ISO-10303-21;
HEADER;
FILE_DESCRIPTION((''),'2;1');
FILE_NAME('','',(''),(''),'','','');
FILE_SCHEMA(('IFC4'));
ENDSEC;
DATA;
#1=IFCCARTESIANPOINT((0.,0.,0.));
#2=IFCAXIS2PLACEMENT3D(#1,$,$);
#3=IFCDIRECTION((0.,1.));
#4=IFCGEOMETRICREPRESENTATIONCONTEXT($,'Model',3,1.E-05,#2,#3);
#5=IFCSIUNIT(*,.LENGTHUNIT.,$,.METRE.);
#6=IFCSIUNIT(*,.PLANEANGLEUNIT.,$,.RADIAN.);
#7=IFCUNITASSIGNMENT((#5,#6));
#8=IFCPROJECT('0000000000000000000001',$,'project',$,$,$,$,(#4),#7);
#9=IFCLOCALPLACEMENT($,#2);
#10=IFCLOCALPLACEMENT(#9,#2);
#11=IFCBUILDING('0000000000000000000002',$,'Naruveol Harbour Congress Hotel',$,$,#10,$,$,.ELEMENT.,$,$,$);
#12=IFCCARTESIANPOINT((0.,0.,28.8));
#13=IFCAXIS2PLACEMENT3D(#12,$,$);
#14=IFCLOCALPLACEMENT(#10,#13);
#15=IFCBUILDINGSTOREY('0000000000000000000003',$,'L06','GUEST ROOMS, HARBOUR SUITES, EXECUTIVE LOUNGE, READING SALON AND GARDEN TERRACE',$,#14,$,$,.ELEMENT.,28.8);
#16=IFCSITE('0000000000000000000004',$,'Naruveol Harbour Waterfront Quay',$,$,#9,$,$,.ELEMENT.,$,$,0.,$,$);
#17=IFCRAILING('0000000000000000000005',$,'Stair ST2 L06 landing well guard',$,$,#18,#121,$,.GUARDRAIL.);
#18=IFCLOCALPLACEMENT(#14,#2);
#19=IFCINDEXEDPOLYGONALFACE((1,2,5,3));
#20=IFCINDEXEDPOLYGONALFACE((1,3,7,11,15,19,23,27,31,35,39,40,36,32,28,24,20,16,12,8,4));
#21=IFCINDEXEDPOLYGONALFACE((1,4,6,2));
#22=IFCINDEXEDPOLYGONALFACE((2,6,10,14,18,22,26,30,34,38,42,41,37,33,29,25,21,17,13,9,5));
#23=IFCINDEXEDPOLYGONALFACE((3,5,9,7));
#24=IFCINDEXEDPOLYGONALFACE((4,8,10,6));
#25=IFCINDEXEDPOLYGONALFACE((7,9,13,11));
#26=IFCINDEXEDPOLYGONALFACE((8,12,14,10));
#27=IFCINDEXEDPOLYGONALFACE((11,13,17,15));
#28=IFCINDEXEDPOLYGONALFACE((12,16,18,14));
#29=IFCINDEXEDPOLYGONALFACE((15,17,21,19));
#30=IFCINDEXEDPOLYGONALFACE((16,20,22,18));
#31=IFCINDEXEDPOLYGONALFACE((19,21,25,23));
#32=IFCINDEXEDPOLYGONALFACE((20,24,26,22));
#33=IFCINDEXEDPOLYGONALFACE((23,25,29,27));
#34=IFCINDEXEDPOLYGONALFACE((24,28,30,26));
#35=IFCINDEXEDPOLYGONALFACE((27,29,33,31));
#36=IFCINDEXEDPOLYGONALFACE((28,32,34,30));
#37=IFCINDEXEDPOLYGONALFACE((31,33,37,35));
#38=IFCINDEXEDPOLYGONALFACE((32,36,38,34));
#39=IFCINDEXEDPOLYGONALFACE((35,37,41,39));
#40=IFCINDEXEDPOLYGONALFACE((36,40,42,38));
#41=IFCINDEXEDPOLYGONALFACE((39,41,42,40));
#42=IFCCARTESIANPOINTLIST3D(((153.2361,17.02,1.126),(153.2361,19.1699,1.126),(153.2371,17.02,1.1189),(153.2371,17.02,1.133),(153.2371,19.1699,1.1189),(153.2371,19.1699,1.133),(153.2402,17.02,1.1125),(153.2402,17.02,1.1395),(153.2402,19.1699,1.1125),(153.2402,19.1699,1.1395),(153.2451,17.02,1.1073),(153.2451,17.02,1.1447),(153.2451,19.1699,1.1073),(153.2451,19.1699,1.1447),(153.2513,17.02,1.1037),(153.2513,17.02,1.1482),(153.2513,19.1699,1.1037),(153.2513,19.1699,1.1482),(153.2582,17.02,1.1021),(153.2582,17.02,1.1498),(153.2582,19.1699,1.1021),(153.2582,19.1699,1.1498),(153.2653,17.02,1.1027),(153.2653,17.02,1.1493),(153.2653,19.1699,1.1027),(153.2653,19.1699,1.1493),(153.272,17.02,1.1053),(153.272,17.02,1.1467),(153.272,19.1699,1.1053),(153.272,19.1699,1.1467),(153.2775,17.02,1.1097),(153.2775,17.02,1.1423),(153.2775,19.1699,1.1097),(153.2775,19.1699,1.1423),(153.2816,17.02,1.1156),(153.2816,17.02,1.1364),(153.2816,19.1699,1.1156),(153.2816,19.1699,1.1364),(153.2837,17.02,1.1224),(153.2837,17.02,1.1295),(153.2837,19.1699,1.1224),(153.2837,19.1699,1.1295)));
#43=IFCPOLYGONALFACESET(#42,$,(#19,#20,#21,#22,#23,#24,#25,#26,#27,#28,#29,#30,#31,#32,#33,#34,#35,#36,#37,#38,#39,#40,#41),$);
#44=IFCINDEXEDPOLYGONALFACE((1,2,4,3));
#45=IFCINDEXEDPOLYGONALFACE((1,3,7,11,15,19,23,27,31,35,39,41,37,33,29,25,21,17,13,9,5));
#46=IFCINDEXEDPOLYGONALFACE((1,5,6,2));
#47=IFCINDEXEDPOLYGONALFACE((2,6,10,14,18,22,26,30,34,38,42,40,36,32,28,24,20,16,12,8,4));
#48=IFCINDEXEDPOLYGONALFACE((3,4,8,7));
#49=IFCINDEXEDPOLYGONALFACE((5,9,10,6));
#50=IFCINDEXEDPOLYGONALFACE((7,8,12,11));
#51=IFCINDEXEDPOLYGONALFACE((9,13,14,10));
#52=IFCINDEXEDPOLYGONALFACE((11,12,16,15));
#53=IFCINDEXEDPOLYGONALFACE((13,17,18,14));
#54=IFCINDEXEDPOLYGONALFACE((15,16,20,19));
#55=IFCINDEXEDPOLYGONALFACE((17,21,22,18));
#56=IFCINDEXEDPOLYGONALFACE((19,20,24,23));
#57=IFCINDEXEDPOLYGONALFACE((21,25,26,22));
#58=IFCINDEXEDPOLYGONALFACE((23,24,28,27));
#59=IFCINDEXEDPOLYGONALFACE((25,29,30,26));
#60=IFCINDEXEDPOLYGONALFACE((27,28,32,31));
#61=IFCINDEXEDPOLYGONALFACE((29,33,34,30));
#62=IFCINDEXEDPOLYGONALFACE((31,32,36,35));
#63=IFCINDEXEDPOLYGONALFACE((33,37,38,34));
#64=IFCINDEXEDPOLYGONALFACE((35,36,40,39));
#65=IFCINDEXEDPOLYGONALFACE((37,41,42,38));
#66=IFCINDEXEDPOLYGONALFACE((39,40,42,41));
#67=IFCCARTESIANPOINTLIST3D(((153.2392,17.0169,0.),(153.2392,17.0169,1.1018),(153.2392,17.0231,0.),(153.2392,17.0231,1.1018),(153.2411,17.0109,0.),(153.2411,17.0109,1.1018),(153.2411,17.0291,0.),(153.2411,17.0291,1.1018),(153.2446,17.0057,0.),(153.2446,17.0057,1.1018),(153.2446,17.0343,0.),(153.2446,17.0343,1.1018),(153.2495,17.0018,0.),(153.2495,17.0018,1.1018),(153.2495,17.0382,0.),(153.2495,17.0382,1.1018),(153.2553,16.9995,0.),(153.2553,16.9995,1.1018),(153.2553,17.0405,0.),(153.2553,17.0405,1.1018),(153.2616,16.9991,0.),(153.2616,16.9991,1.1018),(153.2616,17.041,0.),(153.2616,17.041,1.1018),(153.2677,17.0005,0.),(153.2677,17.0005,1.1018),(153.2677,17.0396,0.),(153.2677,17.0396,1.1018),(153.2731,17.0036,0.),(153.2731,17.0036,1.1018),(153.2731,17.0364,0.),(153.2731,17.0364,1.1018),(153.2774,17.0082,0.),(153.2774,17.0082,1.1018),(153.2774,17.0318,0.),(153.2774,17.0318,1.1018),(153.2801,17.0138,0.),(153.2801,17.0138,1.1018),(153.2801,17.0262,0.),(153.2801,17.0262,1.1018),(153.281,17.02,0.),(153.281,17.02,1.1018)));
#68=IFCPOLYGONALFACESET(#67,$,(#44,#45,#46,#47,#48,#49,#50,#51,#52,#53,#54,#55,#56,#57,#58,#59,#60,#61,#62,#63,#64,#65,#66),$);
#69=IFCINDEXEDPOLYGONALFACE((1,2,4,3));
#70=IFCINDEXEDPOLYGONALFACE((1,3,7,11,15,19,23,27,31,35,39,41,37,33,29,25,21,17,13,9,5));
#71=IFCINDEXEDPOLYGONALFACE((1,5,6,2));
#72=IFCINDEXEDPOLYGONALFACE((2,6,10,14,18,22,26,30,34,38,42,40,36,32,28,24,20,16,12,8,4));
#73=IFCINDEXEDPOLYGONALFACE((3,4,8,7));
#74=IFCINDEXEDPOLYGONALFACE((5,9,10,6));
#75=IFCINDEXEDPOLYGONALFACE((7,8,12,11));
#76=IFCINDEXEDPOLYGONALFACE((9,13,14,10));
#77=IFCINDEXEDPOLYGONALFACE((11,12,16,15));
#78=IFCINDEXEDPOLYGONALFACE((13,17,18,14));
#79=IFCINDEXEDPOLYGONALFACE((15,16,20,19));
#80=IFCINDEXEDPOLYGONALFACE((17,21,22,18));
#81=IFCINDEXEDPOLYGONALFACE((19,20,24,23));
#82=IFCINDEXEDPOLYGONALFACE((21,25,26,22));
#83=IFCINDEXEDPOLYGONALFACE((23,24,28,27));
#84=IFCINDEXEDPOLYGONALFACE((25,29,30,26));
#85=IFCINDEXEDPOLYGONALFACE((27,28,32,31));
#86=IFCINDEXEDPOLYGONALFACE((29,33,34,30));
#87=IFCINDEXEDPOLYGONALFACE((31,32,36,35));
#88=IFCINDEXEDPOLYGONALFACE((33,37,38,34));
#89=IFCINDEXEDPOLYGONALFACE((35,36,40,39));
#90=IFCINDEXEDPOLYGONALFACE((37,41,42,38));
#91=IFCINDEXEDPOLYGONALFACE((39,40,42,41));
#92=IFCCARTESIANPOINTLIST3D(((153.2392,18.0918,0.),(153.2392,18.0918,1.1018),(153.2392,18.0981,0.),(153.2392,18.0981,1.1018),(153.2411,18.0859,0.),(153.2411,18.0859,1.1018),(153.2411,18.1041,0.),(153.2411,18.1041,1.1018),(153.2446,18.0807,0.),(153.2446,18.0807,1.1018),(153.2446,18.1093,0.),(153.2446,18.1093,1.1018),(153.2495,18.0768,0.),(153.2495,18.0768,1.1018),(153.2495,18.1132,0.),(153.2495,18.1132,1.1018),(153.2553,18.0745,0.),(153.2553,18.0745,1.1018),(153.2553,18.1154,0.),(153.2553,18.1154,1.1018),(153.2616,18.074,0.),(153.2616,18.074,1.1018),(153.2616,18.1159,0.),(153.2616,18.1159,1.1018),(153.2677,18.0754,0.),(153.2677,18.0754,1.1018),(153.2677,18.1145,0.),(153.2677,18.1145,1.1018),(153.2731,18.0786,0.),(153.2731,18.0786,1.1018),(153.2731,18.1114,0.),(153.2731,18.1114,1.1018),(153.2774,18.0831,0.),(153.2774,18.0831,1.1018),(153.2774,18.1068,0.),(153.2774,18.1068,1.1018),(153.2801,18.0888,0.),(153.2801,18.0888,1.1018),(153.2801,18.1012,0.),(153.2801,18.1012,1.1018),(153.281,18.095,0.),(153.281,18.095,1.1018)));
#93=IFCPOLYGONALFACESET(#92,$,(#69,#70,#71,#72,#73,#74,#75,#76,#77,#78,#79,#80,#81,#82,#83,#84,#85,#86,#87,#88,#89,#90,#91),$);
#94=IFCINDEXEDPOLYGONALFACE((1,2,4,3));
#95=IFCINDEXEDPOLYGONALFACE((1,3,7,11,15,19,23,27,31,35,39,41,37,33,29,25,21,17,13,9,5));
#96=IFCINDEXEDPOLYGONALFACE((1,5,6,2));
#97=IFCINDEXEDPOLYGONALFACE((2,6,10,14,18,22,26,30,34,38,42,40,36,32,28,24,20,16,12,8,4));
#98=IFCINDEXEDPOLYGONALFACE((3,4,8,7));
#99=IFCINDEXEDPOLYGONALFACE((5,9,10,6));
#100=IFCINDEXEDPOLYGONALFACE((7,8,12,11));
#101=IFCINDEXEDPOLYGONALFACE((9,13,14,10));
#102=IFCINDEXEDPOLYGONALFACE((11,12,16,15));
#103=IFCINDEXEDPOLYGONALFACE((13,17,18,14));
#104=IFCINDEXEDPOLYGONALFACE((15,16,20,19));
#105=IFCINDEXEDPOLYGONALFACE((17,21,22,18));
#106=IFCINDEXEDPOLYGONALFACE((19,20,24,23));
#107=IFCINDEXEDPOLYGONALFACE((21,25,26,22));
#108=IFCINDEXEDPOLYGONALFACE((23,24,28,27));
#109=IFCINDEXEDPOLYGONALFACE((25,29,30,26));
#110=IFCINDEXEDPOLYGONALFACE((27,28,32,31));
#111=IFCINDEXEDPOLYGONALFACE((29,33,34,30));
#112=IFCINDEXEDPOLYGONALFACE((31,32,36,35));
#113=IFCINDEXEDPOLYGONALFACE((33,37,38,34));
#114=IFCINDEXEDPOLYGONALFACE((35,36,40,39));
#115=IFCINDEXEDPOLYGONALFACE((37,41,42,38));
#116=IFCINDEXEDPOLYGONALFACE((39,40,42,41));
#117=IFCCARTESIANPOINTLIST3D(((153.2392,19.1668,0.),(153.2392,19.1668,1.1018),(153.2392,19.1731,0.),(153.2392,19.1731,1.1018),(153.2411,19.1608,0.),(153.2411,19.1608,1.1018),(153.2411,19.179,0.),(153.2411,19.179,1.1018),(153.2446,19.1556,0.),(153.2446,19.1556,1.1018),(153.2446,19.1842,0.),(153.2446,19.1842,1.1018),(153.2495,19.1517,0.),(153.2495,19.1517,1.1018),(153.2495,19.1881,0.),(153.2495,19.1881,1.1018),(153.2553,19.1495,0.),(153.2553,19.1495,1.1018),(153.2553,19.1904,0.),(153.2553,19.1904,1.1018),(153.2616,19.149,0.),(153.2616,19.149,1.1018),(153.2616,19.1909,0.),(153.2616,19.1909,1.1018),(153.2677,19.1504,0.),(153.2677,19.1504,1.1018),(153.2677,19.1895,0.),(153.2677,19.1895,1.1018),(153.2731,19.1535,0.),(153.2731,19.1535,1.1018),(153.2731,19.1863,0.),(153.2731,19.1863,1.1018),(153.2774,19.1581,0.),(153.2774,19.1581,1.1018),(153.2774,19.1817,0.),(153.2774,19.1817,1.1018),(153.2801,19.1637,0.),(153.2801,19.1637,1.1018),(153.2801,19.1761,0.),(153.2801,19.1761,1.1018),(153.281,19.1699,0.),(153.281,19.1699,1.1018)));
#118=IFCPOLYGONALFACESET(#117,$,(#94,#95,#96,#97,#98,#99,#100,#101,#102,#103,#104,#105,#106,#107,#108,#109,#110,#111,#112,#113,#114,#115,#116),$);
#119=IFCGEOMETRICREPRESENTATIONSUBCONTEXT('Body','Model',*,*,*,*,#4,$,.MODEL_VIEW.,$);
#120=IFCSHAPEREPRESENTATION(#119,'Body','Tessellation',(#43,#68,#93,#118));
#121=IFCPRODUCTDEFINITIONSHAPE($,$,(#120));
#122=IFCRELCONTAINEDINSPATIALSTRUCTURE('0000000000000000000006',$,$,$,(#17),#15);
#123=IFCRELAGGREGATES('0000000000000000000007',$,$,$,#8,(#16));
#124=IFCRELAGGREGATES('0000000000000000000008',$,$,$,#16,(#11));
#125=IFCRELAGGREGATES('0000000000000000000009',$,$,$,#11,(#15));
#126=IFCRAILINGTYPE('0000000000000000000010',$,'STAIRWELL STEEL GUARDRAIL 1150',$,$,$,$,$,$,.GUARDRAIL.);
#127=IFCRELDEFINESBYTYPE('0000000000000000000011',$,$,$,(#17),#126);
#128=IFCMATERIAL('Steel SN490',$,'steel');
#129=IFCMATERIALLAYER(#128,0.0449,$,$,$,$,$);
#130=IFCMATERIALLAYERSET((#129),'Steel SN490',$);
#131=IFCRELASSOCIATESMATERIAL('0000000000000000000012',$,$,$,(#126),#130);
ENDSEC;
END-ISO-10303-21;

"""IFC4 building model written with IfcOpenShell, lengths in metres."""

from ifc_helpers import new_model, si_unit, direction, frame, origin, origin_2d, place, context, subcontext, project, spatial, circle, extrude, material, layer, layer_set, type_object, element, save


model = new_model("IFC4")

# Units and contexts
model_context = context("Model", 3, precision=1e-05, world=origin(), true_north=direction((0.0, 1.0)))
body_context = subcontext(model_context, "Body", "Model", "MODEL_VIEW")
ifc_project = project(units=[si_unit("LENGTHUNIT", "METRE"), si_unit("PLANEANGLEUNIT", "RADIAN")], contexts=[model_context])

# Site, building, storey
site_placement = place(None, origin())
site = spatial("IfcSite", under=ifc_project, at=site_placement, Name="Naruveol Harbour Waterfront Quay", CompositionType="ELEMENT", RefElevation=0.0)
building_placement = place(site_placement, origin())
building = spatial("IfcBuilding", under=site, at=building_placement, Name="Naruveol Harbour Congress Hotel", CompositionType="ELEMENT")
storey_placement = place(building_placement, frame((0.0, 0.0, 28.8)))
storey = spatial("IfcBuildingStorey", under=building, at=storey_placement, Name="L06", Description="GUEST ROOMS, HARBOUR SUITES, EXECUTIVE LOUNGE, READING SALON AND GARDEN TERRACE", CompositionType="ELEMENT", Elevation=28.8)

# Railing
ifc_material_1 = material(Name="Steel SN490", Category="steel")
ifc_layer_1 = layer(ifc_material_1, 0.0449)
ifc_layer_set_1 = layer_set([ifc_layer_1], Name="Steel SN490")
railing_type_1 = type_object("IfcRailingType", Name="STAIRWELL STEEL GUARDRAIL 1150", PredefinedType="GUARDRAIL", material=ifc_layer_set_1)
railing_1_placement = place(storey_placement, frame((153.26, 17.02, 0.0)))
element("IfcRailing", 1, at=railing_1_placement, inside=storey, type_object=railing_type_1, Name="Stair ST2 L06 landing well guard", PredefinedType="GUARDRAIL", context=body_context, shape_type="SweptSolid", body=[
    extrude(circle(Radius=0.0239, at=origin_2d()), frame((0.0, 0.0, 1.126), z_axis=(0.0, 1.0, 0.0), x_axis=(-1.0, 0.0, 0.0)), (0.0, 0.0, 1.0), 2.1499),
    extrude(circle(Radius=0.021, at=origin_2d()), origin(), (0.0, 0.0, 1.0), 1.1018),
    extrude(circle(Radius=0.021, at=origin_2d()), frame((0.0, 1.075, 0.0)), (0.0, 0.0, 1.0), 1.1018),
    extrude(circle(Radius=0.021, at=origin_2d()), frame((0.0, 2.1499, 0.0)), (0.0, 0.0, 1.0), 1.1018),
])

save(model, "model.ifc")
